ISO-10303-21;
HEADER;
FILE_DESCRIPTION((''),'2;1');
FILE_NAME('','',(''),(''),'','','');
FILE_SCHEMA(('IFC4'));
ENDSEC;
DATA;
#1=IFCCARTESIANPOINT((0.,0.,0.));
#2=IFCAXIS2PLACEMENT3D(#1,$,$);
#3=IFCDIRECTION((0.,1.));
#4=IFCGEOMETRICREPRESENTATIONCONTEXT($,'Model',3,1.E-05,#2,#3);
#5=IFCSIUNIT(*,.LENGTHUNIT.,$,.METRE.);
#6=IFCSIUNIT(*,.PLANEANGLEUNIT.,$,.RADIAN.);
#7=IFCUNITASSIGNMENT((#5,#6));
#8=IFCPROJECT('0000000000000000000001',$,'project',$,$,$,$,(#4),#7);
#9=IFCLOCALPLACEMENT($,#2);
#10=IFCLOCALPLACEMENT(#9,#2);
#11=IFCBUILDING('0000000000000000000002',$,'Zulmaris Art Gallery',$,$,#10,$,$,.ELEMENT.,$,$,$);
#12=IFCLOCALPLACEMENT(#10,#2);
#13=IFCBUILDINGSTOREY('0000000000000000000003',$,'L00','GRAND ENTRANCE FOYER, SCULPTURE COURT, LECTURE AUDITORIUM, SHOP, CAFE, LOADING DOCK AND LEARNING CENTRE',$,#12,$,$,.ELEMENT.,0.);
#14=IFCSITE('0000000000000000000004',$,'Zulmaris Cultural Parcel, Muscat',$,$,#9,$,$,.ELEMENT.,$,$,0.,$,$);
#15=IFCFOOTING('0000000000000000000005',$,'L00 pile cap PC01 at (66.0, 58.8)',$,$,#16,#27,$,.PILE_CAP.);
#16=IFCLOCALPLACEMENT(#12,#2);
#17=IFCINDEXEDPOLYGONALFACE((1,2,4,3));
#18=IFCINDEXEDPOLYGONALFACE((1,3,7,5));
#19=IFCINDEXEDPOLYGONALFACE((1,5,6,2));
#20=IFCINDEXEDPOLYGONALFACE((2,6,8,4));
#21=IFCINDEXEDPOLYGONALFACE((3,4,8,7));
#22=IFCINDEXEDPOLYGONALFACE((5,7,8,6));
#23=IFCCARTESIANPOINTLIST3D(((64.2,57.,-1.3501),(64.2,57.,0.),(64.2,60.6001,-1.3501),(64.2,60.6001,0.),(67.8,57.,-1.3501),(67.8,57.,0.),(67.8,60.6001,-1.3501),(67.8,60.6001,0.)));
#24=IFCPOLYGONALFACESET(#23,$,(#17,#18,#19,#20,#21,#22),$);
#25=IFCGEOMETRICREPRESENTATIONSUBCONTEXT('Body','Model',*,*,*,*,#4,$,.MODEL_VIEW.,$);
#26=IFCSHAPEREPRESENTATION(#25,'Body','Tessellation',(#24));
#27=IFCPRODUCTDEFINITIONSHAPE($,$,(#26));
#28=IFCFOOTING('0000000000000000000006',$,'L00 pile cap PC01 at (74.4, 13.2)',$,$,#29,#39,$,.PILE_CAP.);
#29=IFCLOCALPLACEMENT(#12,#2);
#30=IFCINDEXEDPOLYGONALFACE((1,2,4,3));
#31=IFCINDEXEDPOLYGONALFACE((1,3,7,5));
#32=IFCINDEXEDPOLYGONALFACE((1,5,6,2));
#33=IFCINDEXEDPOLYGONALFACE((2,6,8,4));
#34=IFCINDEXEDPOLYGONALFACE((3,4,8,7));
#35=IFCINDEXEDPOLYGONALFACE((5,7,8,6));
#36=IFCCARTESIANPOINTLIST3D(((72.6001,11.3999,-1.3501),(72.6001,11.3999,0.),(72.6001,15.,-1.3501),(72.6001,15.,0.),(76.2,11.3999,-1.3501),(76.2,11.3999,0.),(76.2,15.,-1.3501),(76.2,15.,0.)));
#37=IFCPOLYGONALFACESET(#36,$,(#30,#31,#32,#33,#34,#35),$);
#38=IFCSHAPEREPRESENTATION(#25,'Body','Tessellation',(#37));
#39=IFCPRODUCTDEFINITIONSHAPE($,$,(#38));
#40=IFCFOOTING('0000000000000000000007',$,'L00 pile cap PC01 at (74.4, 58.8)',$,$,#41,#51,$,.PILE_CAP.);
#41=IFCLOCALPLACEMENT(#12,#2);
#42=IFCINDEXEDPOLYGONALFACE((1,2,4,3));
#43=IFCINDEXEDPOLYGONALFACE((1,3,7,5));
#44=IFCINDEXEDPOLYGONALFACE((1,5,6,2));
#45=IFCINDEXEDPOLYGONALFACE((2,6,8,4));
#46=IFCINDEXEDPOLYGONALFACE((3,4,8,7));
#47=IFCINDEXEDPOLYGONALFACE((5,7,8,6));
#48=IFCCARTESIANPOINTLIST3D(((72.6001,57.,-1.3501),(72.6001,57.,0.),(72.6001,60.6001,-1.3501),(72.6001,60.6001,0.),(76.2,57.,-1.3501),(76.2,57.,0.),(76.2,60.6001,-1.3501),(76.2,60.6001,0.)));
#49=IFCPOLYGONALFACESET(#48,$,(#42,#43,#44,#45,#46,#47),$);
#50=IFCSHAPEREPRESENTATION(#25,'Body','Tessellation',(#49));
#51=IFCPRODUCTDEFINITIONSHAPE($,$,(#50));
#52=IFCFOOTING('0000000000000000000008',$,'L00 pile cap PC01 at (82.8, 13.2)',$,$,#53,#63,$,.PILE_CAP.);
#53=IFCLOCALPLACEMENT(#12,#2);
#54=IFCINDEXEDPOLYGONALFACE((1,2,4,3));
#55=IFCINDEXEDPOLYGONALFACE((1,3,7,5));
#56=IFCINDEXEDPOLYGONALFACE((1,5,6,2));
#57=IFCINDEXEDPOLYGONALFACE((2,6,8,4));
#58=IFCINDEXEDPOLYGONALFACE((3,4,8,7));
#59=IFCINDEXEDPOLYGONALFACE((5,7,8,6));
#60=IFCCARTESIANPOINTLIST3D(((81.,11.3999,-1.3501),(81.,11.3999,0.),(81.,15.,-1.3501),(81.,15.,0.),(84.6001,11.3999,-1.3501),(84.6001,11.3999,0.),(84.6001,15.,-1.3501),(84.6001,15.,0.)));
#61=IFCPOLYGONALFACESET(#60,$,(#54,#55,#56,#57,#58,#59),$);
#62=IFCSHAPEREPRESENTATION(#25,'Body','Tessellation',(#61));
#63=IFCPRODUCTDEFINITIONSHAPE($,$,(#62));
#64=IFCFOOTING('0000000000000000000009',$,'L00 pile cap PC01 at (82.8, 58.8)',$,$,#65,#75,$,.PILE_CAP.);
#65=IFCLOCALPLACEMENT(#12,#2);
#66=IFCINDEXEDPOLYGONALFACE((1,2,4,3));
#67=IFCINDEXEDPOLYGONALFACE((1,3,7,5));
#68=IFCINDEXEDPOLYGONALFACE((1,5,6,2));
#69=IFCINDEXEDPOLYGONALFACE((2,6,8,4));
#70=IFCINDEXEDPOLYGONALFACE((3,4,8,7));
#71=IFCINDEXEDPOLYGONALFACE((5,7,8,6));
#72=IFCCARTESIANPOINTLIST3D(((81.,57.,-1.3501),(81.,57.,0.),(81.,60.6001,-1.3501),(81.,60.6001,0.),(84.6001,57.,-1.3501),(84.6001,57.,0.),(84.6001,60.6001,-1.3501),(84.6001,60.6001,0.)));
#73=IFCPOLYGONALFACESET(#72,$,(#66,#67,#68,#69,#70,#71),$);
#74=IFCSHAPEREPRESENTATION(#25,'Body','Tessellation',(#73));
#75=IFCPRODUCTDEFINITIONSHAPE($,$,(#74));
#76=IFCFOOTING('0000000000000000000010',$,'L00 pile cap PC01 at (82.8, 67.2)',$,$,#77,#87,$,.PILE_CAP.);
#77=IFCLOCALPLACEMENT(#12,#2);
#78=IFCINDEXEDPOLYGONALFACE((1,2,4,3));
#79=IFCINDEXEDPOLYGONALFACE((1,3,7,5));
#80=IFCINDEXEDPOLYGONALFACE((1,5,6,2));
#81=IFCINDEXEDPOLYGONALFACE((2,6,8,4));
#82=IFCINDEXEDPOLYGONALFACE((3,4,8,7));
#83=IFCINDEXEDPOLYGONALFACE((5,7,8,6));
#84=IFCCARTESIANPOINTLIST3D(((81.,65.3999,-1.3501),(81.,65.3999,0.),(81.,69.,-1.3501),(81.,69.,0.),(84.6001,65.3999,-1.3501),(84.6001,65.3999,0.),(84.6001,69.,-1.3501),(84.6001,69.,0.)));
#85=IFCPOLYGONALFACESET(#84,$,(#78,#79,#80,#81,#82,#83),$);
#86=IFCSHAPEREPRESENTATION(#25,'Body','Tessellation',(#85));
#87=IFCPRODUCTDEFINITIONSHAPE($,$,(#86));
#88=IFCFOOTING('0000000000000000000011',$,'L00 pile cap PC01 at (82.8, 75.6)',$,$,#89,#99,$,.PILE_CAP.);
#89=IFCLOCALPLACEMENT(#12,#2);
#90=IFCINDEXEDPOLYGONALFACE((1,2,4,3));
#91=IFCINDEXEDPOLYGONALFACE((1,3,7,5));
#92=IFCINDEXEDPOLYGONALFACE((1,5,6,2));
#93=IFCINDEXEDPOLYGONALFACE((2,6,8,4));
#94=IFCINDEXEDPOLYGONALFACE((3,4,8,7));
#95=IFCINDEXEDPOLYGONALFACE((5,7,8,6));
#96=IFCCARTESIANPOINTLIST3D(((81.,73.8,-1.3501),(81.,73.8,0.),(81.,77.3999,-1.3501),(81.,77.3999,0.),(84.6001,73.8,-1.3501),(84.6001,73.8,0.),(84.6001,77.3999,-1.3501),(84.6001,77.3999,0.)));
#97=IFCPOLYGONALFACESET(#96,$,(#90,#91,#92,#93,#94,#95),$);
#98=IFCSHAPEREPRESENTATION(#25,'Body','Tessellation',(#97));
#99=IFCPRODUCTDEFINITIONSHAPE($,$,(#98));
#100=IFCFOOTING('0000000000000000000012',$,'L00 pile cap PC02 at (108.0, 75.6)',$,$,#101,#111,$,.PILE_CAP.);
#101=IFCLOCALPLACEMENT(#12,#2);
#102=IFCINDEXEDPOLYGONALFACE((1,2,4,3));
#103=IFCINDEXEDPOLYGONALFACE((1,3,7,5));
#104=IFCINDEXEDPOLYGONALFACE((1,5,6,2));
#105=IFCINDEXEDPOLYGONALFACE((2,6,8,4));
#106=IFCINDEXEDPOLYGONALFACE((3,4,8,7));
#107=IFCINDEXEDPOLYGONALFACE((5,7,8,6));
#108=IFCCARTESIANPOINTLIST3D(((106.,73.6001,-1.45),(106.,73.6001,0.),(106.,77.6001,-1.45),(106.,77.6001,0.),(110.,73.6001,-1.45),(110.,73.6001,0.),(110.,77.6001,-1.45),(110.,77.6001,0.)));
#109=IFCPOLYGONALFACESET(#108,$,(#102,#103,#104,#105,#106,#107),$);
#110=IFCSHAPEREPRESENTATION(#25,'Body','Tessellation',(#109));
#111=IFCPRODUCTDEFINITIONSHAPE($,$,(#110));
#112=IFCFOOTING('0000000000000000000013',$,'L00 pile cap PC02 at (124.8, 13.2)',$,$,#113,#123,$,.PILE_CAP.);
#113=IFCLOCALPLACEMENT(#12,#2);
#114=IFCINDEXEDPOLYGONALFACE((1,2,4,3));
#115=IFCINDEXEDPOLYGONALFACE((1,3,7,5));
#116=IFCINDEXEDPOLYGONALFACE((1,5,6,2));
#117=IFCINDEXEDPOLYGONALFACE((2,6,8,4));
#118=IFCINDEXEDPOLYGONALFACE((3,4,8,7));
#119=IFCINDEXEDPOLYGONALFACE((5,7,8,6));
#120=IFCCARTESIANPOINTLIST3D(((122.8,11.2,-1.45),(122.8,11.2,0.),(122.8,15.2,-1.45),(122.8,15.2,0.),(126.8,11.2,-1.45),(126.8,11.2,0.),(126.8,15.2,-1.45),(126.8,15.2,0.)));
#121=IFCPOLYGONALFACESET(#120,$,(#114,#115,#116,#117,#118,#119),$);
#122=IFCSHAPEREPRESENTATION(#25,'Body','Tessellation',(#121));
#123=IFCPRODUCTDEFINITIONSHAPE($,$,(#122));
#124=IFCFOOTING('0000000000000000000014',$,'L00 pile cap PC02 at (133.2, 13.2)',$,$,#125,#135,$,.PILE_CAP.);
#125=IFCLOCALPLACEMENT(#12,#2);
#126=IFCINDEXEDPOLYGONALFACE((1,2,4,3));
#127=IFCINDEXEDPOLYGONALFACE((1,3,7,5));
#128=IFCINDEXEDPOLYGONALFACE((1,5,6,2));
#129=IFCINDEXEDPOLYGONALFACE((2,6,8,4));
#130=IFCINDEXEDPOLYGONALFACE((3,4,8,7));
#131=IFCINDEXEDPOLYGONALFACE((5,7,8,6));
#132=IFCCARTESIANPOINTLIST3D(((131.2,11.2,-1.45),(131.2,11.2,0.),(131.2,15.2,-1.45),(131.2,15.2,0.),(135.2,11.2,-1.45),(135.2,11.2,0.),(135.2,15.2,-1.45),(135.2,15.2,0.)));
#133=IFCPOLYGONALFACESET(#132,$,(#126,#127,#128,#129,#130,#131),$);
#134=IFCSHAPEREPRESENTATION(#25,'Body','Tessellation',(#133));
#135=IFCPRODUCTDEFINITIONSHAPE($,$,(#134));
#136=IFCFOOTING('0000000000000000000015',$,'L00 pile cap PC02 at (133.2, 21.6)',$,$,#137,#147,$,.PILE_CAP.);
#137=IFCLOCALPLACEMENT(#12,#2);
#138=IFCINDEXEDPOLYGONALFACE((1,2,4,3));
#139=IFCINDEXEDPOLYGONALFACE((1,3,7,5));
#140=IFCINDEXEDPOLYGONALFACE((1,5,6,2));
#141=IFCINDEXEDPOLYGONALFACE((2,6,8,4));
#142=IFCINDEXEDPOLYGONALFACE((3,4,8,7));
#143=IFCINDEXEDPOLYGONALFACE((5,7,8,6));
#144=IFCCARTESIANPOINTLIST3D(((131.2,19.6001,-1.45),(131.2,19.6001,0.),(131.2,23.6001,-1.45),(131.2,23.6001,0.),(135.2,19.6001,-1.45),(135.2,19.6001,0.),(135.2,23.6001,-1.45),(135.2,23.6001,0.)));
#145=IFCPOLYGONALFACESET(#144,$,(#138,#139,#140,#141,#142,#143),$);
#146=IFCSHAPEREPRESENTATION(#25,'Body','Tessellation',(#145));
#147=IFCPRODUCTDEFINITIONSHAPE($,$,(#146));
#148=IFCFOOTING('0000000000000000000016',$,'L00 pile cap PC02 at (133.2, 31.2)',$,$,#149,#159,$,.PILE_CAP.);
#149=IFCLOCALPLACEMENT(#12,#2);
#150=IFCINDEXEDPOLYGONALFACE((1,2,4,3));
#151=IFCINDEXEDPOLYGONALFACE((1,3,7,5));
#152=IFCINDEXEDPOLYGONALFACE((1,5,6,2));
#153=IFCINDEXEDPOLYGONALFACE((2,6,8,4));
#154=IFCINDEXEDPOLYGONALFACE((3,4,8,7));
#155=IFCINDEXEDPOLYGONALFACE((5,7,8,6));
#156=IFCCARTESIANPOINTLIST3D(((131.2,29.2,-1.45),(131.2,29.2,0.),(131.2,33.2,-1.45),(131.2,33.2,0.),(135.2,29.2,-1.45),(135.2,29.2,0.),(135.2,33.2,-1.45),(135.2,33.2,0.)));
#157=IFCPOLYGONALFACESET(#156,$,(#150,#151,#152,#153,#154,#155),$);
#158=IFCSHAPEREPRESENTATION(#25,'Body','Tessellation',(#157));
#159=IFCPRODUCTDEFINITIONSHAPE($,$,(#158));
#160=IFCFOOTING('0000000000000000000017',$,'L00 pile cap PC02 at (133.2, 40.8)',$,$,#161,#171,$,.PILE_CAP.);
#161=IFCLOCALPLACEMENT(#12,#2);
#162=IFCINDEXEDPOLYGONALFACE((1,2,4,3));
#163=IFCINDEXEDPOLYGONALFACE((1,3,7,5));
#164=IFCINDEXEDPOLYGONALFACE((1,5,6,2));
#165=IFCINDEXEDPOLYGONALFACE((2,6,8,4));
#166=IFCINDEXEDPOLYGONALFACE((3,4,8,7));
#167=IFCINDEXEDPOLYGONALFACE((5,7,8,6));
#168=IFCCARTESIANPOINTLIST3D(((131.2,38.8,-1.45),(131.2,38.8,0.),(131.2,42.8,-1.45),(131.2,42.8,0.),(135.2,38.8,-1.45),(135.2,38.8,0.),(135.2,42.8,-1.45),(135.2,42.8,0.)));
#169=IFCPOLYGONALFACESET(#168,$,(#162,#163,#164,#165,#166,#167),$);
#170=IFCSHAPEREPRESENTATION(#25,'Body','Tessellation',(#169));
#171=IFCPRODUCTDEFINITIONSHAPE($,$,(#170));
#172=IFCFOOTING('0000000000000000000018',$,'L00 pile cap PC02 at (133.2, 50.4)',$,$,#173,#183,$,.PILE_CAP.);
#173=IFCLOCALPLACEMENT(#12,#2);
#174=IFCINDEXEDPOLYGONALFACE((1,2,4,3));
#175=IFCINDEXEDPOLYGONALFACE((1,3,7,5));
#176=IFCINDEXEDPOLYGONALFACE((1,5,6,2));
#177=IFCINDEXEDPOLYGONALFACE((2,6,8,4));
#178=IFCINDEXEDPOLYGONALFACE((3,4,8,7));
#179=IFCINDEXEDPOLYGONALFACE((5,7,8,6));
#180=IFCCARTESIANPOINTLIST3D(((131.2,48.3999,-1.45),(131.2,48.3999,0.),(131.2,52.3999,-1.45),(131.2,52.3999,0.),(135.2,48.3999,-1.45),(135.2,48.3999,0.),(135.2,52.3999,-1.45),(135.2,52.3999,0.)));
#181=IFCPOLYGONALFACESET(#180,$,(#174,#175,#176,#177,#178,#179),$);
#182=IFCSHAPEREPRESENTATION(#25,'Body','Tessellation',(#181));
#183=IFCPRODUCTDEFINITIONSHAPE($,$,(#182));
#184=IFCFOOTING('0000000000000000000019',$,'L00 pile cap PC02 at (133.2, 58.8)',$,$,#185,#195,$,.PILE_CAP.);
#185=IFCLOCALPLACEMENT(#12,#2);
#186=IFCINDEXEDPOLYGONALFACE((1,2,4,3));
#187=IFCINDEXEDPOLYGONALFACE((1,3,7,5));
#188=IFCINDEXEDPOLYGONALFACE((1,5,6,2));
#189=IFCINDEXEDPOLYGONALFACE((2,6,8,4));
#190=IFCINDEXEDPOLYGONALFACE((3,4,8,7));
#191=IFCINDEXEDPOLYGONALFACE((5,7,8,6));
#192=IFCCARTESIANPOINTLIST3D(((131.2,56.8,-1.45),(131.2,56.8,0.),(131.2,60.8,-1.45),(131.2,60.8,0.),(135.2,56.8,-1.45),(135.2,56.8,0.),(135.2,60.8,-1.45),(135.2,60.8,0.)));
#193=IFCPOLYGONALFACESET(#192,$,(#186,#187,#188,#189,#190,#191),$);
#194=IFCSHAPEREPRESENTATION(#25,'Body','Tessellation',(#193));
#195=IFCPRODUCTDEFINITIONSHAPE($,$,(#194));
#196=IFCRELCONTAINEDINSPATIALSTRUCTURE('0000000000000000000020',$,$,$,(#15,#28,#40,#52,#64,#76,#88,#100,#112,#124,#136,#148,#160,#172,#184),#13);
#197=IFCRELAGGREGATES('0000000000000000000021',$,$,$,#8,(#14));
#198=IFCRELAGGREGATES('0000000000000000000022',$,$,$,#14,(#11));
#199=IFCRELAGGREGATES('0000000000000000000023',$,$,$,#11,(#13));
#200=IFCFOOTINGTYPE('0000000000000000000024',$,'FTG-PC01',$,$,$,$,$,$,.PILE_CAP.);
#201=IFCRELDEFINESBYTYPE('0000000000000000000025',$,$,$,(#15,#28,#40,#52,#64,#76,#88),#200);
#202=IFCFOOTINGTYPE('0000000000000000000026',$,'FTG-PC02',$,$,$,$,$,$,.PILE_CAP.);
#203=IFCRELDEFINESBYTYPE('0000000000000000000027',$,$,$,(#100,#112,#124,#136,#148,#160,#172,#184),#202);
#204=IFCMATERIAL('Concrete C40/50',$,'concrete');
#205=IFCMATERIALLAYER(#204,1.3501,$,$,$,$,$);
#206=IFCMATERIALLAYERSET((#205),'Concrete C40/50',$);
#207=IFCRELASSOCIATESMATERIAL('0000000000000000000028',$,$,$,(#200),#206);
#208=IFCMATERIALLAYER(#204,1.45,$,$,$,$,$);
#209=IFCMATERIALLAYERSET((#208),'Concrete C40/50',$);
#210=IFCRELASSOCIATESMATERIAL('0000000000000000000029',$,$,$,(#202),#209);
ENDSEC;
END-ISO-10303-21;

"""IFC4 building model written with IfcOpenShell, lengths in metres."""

from ifc_helpers import new_model, si_unit, direction, frame, origin, place, context, subcontext, project, spatial, polyline, outline, extrude, material, layer, layer_set, type_object, element, save


model = new_model("IFC4")

# Units and contexts
model_context = context("Model", 3, precision=1e-05, world=origin(), true_north=direction((0.0, 1.0)))
body_context = subcontext(model_context, "Body", "Model", "MODEL_VIEW")
ifc_project = project(units=[si_unit("LENGTHUNIT", "METRE"), si_unit("PLANEANGLEUNIT", "RADIAN")], contexts=[model_context])

# Site, building, storey
site_placement = place(None, origin())
site = spatial("IfcSite", under=ifc_project, at=site_placement, Name="Zulmaris Cultural Parcel, Muscat", CompositionType="ELEMENT", RefElevation=0.0)
building_placement = place(site_placement, origin())
building = spatial("IfcBuilding", under=site, at=building_placement, Name="Zulmaris Art Gallery", CompositionType="ELEMENT")
storey_placement = place(building_placement, origin())
storey = spatial("IfcBuildingStorey", under=building, at=storey_placement, Name="L00", Description="GRAND ENTRANCE FOYER, SCULPTURE COURT, LECTURE AUDITORIUM, SHOP, CAFE, LOADING DOCK AND LEARNING CENTRE", CompositionType="ELEMENT", Elevation=0.0)

# Footings
ifc_material = material(Name="Concrete C40/50", Category="concrete")
ifc_layer_1 = layer(ifc_material, 1.3501)
ifc_layer_set_1 = layer_set([ifc_layer_1], Name="Concrete C40/50")
footing_type_1 = type_object("IfcFootingType", Name="FTG-PC01", PredefinedType="PILE_CAP", material=ifc_layer_set_1)
footing_1_placement = place(storey_placement, frame((0.0, 0.0, -1.3501)))
element("IfcFooting", 1, at=footing_1_placement, inside=storey, type_object=footing_type_1, Name="L00 pile cap PC01 at (66.0, 58.8)", PredefinedType="PILE_CAP", context=body_context, shape_type="SweptSolid", body=[
    extrude(outline(polyline([(64.2, 57.0), (67.8, 57.0), (67.8, 60.6001), (64.2, 60.6001), (64.2, 57.0)])), origin(), (0.0, 0.0, 1.0), 1.3501),
])
footing_2_placement = place(storey_placement, frame((0.0, 0.0, -1.3501)))
element("IfcFooting", 2, at=footing_2_placement, inside=storey, type_object=footing_type_1, Name="L00 pile cap PC01 at (74.4, 13.2)", PredefinedType="PILE_CAP", context=body_context, shape_type="SweptSolid", body=[
    extrude(outline(polyline([(72.6001, 11.3999), (76.2, 11.3999), (76.2, 15.0), (72.6001, 15.0), (72.6001, 11.3999)])), origin(), (0.0, 0.0, 1.0), 1.3501),
])
footing_3_placement = place(storey_placement, frame((0.0, 0.0, -1.3501)))
element("IfcFooting", 3, at=footing_3_placement, inside=storey, type_object=footing_type_1, Name="L00 pile cap PC01 at (74.4, 58.8)", PredefinedType="PILE_CAP", context=body_context, shape_type="SweptSolid", body=[
    extrude(outline(polyline([(72.6001, 57.0), (76.2, 57.0), (76.2, 60.6001), (72.6001, 60.6001), (72.6001, 57.0)])), origin(), (0.0, 0.0, 1.0), 1.3501),
])
footing_4_placement = place(storey_placement, frame((0.0, 0.0, -1.3501)))
element("IfcFooting", 4, at=footing_4_placement, inside=storey, type_object=footing_type_1, Name="L00 pile cap PC01 at (82.8, 13.2)", PredefinedType="PILE_CAP", context=body_context, shape_type="SweptSolid", body=[
    extrude(outline(polyline([(81.0, 11.3999), (84.6001, 11.3999), (84.6001, 15.0), (81.0, 15.0), (81.0, 11.3999)])), origin(), (0.0, 0.0, 1.0), 1.3501),
])
footing_5_placement = place(storey_placement, frame((0.0, 0.0, -1.3501)))
element("IfcFooting", 5, at=footing_5_placement, inside=storey, type_object=footing_type_1, Name="L00 pile cap PC01 at (82.8, 58.8)", PredefinedType="PILE_CAP", context=body_context, shape_type="SweptSolid", body=[
    extrude(outline(polyline([(81.0, 57.0), (84.6001, 57.0), (84.6001, 60.6001), (81.0, 60.6001), (81.0, 57.0)])), origin(), (0.0, 0.0, 1.0), 1.3501),
])
footing_6_placement = place(storey_placement, frame((0.0, 0.0, -1.3501)))
element("IfcFooting", 6, at=footing_6_placement, inside=storey, type_object=footing_type_1, Name="L00 pile cap PC01 at (82.8, 67.2)", PredefinedType="PILE_CAP", context=body_context, shape_type="SweptSolid", body=[
    extrude(outline(polyline([(81.0, 65.3999), (84.6001, 65.3999), (84.6001, 69.0), (81.0, 69.0), (81.0, 65.3999)])), origin(), (0.0, 0.0, 1.0), 1.3501),
])
footing_7_placement = place(storey_placement, frame((0.0, 0.0, -1.3501)))
element("IfcFooting", 7, at=footing_7_placement, inside=storey, type_object=footing_type_1, Name="L00 pile cap PC01 at (82.8, 75.6)", PredefinedType="PILE_CAP", context=body_context, shape_type="SweptSolid", body=[
    extrude(outline(polyline([(81.0, 73.8), (84.6001, 73.8), (84.6001, 77.3999), (81.0, 77.3999), (81.0, 73.8)])), origin(), (0.0, 0.0, 1.0), 1.3501),
])
ifc_layer_2 = layer(ifc_material, 1.45)
ifc_layer_set_2 = layer_set([ifc_layer_2], Name="Concrete C40/50")
footing_type_2 = type_object("IfcFootingType", Name="FTG-PC02", PredefinedType="PILE_CAP", material=ifc_layer_set_2)
footing_8_placement = place(storey_placement, frame((0.0, 0.0, -1.45)))
element("IfcFooting", 8, at=footing_8_placement, inside=storey, type_object=footing_type_2, Name="L00 pile cap PC02 at (108.0, 75.6)", PredefinedType="PILE_CAP", context=body_context, shape_type="SweptSolid", body=[
    extrude(outline(polyline([(106.0, 73.6001), (110.0, 73.6001), (110.0, 77.6001), (106.0, 77.6001), (106.0, 73.6001)])), origin(), (0.0, 0.0, 1.0), 1.45),
])
footing_9_placement = place(storey_placement, frame((0.0, 0.0, -1.45)))
element("IfcFooting", 9, at=footing_9_placement, inside=storey, type_object=footing_type_2, Name="L00 pile cap PC02 at (124.8, 13.2)", PredefinedType="PILE_CAP", context=body_context, shape_type="SweptSolid", body=[
    extrude(outline(polyline([(122.8, 11.2), (126.8, 11.2), (126.8, 15.2), (122.8, 15.2), (122.8, 11.2)])), origin(), (0.0, 0.0, 1.0), 1.45),
])
footing_10_placement = place(storey_placement, frame((0.0, 0.0, -1.45)))
element("IfcFooting", 10, at=footing_10_placement, inside=storey, type_object=footing_type_2, Name="L00 pile cap PC02 at (133.2, 13.2)", PredefinedType="PILE_CAP", context=body_context, shape_type="SweptSolid", body=[
    extrude(outline(polyline([(131.2, 11.2), (135.2, 11.2), (135.2, 15.2), (131.2, 15.2), (131.2, 11.2)])), origin(), (0.0, 0.0, 1.0), 1.45),
])
footing_11_placement = place(storey_placement, frame((0.0, 0.0, -1.45)))
element("IfcFooting", 11, at=footing_11_placement, inside=storey, type_object=footing_type_2, Name="L00 pile cap PC02 at (133.2, 21.6)", PredefinedType="PILE_CAP", context=body_context, shape_type="SweptSolid", body=[
    extrude(outline(polyline([(131.2, 19.6001), (135.2, 19.6001), (135.2, 23.6001), (131.2, 23.6001), (131.2, 19.6001)])), origin(), (0.0, 0.0, 1.0), 1.45),
])
footing_12_placement = place(storey_placement, frame((0.0, 0.0, -1.45)))
element("IfcFooting", 12, at=footing_12_placement, inside=storey, type_object=footing_type_2, Name="L00 pile cap PC02 at (133.2, 31.2)", PredefinedType="PILE_CAP", context=body_context, shape_type="SweptSolid", body=[
    extrude(outline(polyline([(131.2, 29.2), (135.2, 29.2), (135.2, 33.2), (131.2, 33.2), (131.2, 29.2)])), origin(), (0.0, 0.0, 1.0), 1.45),
])
footing_13_placement = place(storey_placement, frame((0.0, 0.0, -1.45)))
element("IfcFooting", 13, at=footing_13_placement, inside=storey, type_object=footing_type_2, Name="L00 pile cap PC02 at (133.2, 40.8)", PredefinedType="PILE_CAP", context=body_context, shape_type="SweptSolid", body=[
    extrude(outline(polyline([(131.2, 38.8), (135.2, 38.8), (135.2, 42.8), (131.2, 42.8), (131.2, 38.8)])), origin(), (0.0, 0.0, 1.0), 1.45),
])
footing_14_placement = place(storey_placement, frame((0.0, 0.0, -1.45)))
element("IfcFooting", 14, at=footing_14_placement, inside=storey, type_object=footing_type_2, Name="L00 pile cap PC02 at (133.2, 50.4)", PredefinedType="PILE_CAP", context=body_context, shape_type="SweptSolid", body=[
    extrude(outline(polyline([(131.2, 48.3999), (135.2, 48.3999), (135.2, 52.3999), (131.2, 52.3999), (131.2, 48.3999)])), origin(), (0.0, 0.0, 1.0), 1.45),
])
footing_15_placement = place(storey_placement, frame((0.0, 0.0, -1.45)))
element("IfcFooting", 15, at=footing_15_placement, inside=storey, type_object=footing_type_2, Name="L00 pile cap PC02 at (133.2, 58.8)", PredefinedType="PILE_CAP", context=body_context, shape_type="SweptSolid", body=[
    extrude(outline(polyline([(131.2, 56.8), (135.2, 56.8), (135.2, 60.8), (131.2, 60.8), (131.2, 56.8)])), origin(), (0.0, 0.0, 1.0), 1.45),
])

save(model, "model.ifc")
